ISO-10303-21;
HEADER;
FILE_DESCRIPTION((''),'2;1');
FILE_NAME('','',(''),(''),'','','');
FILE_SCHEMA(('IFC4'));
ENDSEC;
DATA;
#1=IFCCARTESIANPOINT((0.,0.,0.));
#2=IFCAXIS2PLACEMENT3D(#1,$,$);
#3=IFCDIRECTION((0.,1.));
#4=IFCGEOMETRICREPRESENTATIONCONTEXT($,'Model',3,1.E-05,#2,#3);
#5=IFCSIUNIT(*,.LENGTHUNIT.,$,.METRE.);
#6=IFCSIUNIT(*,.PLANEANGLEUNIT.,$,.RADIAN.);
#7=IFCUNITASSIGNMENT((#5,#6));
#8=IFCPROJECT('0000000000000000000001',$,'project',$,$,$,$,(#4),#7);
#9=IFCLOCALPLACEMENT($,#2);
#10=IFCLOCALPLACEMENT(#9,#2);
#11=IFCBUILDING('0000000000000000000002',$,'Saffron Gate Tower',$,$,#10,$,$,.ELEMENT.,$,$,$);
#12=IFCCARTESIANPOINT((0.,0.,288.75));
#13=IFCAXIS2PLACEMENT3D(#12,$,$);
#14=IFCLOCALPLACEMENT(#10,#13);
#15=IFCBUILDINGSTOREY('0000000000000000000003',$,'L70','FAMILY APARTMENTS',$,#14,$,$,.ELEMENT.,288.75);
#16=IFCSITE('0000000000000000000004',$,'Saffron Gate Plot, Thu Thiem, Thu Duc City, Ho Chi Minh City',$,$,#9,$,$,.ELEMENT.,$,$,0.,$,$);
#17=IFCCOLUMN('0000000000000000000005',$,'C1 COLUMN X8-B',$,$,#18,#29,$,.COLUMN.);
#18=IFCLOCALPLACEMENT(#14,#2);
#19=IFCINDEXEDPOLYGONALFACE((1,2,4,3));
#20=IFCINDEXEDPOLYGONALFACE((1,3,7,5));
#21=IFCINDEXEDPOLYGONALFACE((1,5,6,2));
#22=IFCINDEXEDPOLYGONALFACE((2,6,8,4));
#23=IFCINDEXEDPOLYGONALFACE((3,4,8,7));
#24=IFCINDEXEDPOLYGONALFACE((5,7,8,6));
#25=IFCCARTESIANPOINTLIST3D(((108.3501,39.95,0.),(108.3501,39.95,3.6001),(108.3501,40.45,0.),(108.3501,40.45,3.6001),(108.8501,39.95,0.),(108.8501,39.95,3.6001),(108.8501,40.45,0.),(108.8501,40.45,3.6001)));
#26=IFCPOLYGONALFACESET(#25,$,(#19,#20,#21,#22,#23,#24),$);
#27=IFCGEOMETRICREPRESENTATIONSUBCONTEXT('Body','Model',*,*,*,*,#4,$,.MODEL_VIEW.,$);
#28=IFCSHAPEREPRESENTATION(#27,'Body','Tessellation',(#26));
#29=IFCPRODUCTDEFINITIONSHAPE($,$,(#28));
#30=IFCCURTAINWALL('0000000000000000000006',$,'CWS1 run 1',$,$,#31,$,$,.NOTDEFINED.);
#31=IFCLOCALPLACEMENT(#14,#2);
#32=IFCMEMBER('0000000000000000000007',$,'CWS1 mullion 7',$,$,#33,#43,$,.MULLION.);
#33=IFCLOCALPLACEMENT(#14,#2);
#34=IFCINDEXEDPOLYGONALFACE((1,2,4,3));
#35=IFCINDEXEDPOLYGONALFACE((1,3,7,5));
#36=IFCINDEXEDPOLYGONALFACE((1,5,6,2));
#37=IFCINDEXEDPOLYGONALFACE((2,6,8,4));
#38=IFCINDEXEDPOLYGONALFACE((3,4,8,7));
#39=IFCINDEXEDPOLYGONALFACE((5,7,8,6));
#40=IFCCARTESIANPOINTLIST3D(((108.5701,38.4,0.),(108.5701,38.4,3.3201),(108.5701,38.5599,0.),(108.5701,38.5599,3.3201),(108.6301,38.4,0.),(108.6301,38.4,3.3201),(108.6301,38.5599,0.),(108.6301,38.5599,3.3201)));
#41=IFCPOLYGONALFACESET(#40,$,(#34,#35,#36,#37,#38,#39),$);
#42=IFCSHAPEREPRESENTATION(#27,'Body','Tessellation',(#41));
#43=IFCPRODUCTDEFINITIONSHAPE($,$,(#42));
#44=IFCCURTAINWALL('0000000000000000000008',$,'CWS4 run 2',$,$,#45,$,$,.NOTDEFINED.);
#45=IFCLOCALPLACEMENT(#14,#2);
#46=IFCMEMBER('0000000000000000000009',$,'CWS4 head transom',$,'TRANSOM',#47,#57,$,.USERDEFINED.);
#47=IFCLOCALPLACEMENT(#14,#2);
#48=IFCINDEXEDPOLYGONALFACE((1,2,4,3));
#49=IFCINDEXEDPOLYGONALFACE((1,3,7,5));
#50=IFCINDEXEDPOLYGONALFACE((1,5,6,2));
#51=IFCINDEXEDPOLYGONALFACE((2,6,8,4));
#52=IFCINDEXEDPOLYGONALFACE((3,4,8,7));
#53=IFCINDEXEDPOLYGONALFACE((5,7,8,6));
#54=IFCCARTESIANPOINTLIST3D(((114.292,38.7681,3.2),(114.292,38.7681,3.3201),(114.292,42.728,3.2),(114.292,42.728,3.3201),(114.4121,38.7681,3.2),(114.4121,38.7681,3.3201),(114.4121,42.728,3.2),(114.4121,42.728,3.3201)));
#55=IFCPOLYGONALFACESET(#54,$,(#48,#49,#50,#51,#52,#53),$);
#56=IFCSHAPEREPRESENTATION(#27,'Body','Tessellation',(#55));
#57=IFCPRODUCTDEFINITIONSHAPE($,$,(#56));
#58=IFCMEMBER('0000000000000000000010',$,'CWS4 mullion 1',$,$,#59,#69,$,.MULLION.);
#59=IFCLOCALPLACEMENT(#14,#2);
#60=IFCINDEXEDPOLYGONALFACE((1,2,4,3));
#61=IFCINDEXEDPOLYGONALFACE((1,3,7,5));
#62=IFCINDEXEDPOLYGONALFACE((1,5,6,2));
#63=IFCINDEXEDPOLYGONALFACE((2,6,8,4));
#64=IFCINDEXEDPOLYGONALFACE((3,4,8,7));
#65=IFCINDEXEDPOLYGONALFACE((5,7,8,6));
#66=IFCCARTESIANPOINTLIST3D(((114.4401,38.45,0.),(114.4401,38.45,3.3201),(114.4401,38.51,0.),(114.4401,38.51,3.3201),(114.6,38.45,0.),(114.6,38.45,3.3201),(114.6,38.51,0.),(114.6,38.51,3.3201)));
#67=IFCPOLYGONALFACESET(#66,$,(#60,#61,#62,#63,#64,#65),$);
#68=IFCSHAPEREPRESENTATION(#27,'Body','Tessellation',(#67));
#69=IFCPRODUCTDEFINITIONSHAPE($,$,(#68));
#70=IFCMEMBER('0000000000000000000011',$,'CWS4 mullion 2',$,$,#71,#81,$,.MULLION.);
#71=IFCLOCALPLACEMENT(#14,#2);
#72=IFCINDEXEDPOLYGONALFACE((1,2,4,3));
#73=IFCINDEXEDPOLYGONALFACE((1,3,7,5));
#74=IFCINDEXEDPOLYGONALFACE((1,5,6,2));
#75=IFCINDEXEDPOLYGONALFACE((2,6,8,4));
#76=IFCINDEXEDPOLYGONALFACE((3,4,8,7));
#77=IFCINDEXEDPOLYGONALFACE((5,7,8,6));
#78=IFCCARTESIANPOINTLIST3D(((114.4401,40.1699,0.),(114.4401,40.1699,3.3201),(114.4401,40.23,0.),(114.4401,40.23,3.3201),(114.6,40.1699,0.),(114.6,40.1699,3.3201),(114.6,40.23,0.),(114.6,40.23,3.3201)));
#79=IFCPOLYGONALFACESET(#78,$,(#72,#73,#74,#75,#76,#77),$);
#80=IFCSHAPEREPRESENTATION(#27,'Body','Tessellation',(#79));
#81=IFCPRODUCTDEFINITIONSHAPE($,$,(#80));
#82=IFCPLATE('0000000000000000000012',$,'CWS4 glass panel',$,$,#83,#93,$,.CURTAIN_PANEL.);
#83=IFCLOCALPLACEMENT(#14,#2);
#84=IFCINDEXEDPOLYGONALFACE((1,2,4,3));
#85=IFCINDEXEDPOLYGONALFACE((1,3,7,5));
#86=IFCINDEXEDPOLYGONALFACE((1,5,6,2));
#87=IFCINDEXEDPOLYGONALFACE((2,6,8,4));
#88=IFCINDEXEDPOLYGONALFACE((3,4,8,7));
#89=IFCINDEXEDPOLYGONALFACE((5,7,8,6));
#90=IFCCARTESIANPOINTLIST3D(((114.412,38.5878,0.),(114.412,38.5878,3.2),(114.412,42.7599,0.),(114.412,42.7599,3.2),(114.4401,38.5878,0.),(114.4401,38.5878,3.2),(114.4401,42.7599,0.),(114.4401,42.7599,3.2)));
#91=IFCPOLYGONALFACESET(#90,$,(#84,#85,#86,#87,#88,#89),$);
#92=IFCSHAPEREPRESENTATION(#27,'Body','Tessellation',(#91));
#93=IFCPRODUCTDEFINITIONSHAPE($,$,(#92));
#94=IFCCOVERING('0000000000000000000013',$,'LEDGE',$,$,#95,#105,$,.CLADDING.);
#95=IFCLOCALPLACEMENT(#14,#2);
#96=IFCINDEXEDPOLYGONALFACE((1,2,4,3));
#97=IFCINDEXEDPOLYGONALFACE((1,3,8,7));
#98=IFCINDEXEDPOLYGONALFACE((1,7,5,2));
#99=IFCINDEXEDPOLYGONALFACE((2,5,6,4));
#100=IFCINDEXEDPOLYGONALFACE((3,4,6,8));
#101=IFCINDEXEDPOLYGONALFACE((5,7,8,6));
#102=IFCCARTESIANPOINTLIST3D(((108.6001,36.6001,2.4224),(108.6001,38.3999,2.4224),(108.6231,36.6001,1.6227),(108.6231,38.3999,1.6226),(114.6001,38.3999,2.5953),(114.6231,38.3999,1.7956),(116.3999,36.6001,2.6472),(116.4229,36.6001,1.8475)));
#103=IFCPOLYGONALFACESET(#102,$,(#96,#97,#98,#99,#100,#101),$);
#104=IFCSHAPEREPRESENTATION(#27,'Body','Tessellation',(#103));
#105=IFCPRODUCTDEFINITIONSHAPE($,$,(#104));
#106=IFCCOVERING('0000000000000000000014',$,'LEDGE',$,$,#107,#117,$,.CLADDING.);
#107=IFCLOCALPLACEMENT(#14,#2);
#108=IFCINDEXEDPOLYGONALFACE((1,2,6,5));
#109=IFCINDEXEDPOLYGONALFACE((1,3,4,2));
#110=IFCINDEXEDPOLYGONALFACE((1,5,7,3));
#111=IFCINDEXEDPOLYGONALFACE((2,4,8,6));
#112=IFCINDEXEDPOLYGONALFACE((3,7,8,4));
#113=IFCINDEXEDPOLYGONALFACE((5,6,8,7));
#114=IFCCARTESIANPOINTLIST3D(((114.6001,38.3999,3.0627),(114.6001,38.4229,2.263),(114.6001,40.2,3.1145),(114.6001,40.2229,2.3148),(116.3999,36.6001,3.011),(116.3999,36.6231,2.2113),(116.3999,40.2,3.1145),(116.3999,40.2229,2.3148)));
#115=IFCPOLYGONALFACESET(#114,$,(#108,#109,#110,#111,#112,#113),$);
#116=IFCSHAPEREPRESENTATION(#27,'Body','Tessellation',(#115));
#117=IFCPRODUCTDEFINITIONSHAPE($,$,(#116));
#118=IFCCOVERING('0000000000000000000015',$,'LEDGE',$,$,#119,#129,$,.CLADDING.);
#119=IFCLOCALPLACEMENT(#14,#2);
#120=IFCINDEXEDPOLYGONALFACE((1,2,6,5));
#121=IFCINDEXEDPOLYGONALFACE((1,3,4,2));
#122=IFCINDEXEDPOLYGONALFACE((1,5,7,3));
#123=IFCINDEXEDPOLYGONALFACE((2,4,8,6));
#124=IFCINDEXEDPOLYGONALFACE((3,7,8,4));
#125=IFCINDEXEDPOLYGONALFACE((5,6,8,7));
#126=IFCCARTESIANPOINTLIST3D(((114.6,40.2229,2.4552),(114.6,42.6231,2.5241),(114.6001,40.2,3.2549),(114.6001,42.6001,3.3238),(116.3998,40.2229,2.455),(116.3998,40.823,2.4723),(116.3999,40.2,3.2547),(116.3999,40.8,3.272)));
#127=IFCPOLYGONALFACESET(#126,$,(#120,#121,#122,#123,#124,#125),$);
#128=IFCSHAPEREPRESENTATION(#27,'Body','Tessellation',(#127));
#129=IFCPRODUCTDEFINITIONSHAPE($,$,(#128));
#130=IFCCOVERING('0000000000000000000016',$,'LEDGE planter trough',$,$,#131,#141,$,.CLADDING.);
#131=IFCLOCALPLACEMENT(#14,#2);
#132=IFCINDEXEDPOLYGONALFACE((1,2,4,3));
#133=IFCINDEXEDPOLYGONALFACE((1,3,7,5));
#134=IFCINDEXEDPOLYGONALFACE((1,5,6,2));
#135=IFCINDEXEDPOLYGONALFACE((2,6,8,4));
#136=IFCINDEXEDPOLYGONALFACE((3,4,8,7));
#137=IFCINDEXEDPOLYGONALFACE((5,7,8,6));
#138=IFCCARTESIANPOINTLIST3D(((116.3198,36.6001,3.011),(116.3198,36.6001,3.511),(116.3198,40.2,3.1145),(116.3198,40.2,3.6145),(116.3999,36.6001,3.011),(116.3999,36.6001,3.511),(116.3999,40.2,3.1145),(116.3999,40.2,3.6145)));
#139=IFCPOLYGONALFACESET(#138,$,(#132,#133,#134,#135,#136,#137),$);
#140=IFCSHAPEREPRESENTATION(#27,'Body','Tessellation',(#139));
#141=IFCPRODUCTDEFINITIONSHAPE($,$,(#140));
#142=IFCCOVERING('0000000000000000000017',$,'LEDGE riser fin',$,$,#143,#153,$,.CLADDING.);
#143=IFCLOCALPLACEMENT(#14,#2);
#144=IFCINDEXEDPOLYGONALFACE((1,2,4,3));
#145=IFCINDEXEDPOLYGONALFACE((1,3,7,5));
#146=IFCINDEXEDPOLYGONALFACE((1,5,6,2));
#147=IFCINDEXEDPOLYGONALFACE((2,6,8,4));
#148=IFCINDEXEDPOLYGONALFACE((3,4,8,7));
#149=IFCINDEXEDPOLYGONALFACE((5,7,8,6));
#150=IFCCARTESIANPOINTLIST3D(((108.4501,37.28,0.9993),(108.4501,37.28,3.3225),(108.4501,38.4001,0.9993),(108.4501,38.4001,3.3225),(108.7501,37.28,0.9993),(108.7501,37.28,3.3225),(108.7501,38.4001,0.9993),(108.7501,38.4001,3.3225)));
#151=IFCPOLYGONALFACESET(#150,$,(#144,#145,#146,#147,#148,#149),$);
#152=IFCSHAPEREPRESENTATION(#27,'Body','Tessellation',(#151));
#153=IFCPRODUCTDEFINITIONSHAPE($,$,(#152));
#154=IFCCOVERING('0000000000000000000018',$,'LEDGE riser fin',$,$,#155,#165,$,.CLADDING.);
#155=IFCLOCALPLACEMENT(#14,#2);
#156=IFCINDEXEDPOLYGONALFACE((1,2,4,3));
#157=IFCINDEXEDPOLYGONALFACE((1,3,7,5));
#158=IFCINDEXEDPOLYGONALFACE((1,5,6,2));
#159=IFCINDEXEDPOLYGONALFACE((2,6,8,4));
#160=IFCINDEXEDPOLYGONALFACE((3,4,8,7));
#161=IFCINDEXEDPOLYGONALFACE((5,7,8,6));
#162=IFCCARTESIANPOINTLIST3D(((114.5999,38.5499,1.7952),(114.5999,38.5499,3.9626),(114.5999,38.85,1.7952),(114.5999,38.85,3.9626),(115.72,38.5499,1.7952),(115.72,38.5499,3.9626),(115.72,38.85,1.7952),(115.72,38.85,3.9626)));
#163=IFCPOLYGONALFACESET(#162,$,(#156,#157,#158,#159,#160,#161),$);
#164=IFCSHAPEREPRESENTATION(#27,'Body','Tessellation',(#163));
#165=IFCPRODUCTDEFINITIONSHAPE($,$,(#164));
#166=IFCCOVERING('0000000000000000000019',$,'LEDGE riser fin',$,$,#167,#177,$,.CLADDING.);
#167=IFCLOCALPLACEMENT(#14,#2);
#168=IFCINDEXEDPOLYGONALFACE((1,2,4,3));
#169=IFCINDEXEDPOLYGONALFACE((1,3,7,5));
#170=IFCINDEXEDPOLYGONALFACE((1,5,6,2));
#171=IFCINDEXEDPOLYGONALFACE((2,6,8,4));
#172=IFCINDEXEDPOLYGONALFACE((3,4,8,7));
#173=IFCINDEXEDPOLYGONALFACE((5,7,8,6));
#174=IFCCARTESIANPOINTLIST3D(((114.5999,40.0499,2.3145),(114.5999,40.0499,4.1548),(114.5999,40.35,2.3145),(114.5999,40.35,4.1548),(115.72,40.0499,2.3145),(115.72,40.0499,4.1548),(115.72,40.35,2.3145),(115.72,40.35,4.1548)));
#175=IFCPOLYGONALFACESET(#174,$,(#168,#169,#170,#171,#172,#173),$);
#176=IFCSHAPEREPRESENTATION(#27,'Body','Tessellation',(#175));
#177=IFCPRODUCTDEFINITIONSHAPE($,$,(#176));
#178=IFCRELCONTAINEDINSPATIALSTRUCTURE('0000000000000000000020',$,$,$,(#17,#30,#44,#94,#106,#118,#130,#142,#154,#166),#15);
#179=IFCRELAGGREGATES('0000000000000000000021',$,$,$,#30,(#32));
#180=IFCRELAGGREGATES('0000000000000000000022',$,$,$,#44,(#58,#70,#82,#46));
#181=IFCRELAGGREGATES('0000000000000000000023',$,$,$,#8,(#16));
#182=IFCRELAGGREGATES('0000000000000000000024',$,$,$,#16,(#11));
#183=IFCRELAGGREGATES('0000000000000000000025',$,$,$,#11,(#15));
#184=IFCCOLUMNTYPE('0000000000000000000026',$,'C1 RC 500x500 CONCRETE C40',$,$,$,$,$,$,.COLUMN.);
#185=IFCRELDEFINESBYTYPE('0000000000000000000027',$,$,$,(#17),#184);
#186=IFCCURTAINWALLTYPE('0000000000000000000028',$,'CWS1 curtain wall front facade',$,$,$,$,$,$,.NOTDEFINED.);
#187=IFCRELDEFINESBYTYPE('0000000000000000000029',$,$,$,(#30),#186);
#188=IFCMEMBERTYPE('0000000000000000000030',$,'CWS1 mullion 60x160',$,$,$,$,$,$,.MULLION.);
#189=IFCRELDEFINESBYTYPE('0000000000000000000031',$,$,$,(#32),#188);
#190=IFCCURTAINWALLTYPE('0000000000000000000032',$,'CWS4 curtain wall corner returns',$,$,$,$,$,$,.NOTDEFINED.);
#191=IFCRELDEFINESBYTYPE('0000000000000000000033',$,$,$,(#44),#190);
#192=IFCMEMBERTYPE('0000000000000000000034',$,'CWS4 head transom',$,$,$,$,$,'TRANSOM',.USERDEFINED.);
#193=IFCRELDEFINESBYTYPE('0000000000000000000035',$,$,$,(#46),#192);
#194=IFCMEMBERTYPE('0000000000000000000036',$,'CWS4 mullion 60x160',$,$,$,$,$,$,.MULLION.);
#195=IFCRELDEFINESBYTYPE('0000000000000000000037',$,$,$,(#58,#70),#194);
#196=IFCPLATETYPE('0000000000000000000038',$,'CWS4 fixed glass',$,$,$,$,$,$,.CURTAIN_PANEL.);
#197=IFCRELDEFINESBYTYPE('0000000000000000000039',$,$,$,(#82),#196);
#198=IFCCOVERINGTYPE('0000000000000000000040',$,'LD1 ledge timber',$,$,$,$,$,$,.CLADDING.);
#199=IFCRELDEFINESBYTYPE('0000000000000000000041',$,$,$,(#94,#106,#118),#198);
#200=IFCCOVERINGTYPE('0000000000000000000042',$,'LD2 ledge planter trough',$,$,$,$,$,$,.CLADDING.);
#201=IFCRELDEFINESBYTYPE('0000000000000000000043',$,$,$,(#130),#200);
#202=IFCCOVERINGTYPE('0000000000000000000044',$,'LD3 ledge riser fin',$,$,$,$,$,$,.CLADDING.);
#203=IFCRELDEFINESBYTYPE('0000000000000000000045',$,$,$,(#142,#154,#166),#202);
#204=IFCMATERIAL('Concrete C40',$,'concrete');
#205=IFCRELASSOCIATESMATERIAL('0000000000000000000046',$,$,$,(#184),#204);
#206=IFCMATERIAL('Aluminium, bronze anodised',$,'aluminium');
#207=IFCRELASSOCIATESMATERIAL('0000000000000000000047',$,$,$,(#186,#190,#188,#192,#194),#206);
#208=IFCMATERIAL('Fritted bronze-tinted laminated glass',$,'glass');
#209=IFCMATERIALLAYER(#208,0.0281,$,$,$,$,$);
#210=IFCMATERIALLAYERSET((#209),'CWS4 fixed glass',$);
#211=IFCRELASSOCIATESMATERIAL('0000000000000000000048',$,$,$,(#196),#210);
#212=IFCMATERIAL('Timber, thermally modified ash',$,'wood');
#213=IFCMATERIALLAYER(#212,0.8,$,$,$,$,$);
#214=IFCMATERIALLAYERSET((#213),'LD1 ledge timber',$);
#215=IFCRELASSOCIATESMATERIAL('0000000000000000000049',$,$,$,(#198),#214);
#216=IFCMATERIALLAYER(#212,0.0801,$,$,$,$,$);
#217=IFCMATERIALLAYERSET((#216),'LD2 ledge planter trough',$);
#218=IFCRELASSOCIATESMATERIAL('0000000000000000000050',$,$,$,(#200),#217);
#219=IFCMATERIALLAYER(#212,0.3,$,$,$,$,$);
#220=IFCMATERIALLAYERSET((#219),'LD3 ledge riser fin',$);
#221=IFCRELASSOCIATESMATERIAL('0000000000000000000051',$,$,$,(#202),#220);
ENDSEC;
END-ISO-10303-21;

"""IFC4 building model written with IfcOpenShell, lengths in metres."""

from ifc_helpers import new_model, si_unit, direction, frame, frame_2d, origin, origin_2d, place, context, subcontext, project, spatial, polyline, rectangle, outline, extrude, material, layer, layer_set, material_profile, profile_set, type_object, element, aggregate, save


model = new_model("IFC4")

# Units and contexts
model_context = context("Model", 3, precision=1e-05, world=origin(), true_north=direction((0.0, 1.0)))
body_context = subcontext(model_context, "Body", "Model", "MODEL_VIEW")
ifc_project = project(units=[si_unit("LENGTHUNIT", "METRE"), si_unit("PLANEANGLEUNIT", "RADIAN")], contexts=[model_context])

# Site, building, storey
site_placement = place(None, origin())
site = spatial("IfcSite", under=ifc_project, at=site_placement, Name="Saffron Gate Plot, Thu Thiem, Thu Duc City, Ho Chi Minh City", CompositionType="ELEMENT", RefElevation=0.0)
building_placement = place(site_placement, origin())
building = spatial("IfcBuilding", under=site, at=building_placement, Name="Saffron Gate Tower", CompositionType="ELEMENT")
storey_placement = place(building_placement, frame((0.0, 0.0, 288.75)))
storey = spatial("IfcBuildingStorey", under=building, at=storey_placement, Name="L70", Description="FAMILY APARTMENTS", CompositionType="ELEMENT", Elevation=288.75)

# Column
ifc_material_1 = material(Name="Concrete C40", Category="concrete")
ifc_material_profile_1 = material_profile(ifc_material_1, rectangle(XDim=0.5, YDim=0.5, at=origin_2d()))
ifc_profile_set_1 = profile_set([ifc_material_profile_1], Name="Concrete C40")
column_type = type_object("IfcColumnType", Name="C1 RC 500x500 CONCRETE C40", PredefinedType="COLUMN", material=ifc_profile_set_1)
column_placement = place(storey_placement, frame((108.6001, 40.2, 0.0), z_axis=(0.0, 0.0, 1.0), x_axis=(1.0, 0.0, 0.0)))
element("IfcColumn", 1, at=column_placement, inside=storey, type_object=column_type, Name="C1 COLUMN X8-B", PredefinedType="COLUMN", context=body_context, shape_type="SweptSolid", body=[
    extrude(rectangle(XDim=0.5, YDim=0.5, at=origin_2d()), origin(), (0.0, 0.0, 1.0), 3.6001),
])

# Curtain wall, member
ifc_material_2 = material(Name="Aluminium, bronze anodised", Category="aluminium")
curtain_wall_type_1 = type_object("IfcCurtainWallType", Name="CWS1 curtain wall front facade", PredefinedType="NOTDEFINED", material=ifc_material_2)
curtain_wall_1_placement = place(storey_placement, origin())
curtain_wall_1 = element("IfcCurtainWall", 2, at=curtain_wall_1_placement, inside=storey, type_object=curtain_wall_type_1, Name="CWS1 run 1", PredefinedType="NOTDEFINED")
ifc_material_profile_2 = material_profile(ifc_material_2, rectangle(XDim=0.1599, YDim=0.0601, at=origin_2d()))
ifc_profile_set_2 = profile_set([ifc_material_profile_2], Name="Aluminium, bronze anodised")
member_type_1 = type_object("IfcMemberType", Name="CWS1 mullion 60x160", PredefinedType="MULLION", material=ifc_profile_set_2)
member_1_placement = place(storey_placement, frame((108.6001, 38.48, 0.0), z_axis=(0.0, 0.0, 1.0), x_axis=(0.0, 1.0, 0.0)))
member_1 = element("IfcMember", 3, at=member_1_placement, type_object=member_type_1, Name="CWS1 mullion 7", PredefinedType="MULLION", context=body_context, shape_type="SweptSolid", body=[
    extrude(rectangle(XDim=0.1599, YDim=0.0601, at=origin_2d()), origin(), (0.0, 0.0, 1.0), 3.3201),
])
aggregate(curtain_wall_1, [member_1])

# Curtain wall, members, plate
curtain_wall_type_2 = type_object("IfcCurtainWallType", Name="CWS4 curtain wall corner returns", PredefinedType="NOTDEFINED", material=ifc_material_2)
curtain_wall_2_placement = place(storey_placement, origin())
curtain_wall_2 = element("IfcCurtainWall", 4, at=curtain_wall_2_placement, inside=storey, type_object=curtain_wall_type_2, Name="CWS4 run 2", PredefinedType="NOTDEFINED")
ifc_material_profile_3 = material_profile(ifc_material_2, rectangle(XDim=0.1201, YDim=0.1201, at=origin_2d()))
ifc_profile_set_3 = profile_set([ifc_material_profile_3], Name="Aluminium, bronze anodised")
member_type_2 = type_object("IfcMemberType", Name="CWS4 head transom", ElementType="TRANSOM", PredefinedType="USERDEFINED", material=ifc_profile_set_3)
member_2_placement = place(storey_placement, frame((114.3521, 38.7681, 3.26), z_axis=(0.0, 1.0, 0.0), x_axis=(-1.0, 0.0, 0.0)))
member_2 = element("IfcMember", 5, at=member_2_placement, type_object=member_type_2, Name="CWS4 head transom", ObjectType="TRANSOM", PredefinedType="USERDEFINED", context=body_context, shape_type="SweptSolid", body=[
    extrude(rectangle(XDim=0.1201, YDim=0.1201, at=origin_2d()), origin(), (0.0, 0.0, 1.0), 3.96),
])
ifc_material_profile_4 = material_profile(ifc_material_2, rectangle(XDim=0.1599, YDim=0.0601, at=origin_2d()))
ifc_profile_set_4 = profile_set([ifc_material_profile_4], Name="Aluminium, bronze anodised")
member_type_3 = type_object("IfcMemberType", Name="CWS4 mullion 60x160", PredefinedType="MULLION", material=ifc_profile_set_4)
member_3_placement = place(storey_placement, frame((114.52, 38.48, 0.0), z_axis=(0.0, 0.0, 1.0), x_axis=(-1.0, 0.0, 0.0)))
member_3 = element("IfcMember", 6, at=member_3_placement, type_object=member_type_3, Name="CWS4 mullion 1", PredefinedType="MULLION", context=body_context, shape_type="SweptSolid", body=[
    extrude(rectangle(XDim=0.1599, YDim=0.0601, at=origin_2d()), origin(), (0.0, 0.0, 1.0), 3.3201),
])
member_4_placement = place(storey_placement, frame((114.52, 40.2, 0.0), z_axis=(0.0, 0.0, 1.0), x_axis=(-1.0, 0.0, 0.0)))
member_4 = element("IfcMember", 7, at=member_4_placement, type_object=member_type_3, Name="CWS4 mullion 2", PredefinedType="MULLION", context=body_context, shape_type="SweptSolid", body=[
    extrude(rectangle(XDim=0.1599, YDim=0.0601, at=origin_2d()), origin(), (0.0, 0.0, 1.0), 3.3201),
])
ifc_material_3 = material(Name="Fritted bronze-tinted laminated glass", Category="glass")
ifc_layer_1 = layer(ifc_material_3, 0.0281)
ifc_layer_set_1 = layer_set([ifc_layer_1], Name="CWS4 fixed glass")
plate_type = type_object("IfcPlateType", Name="CWS4 fixed glass", PredefinedType="CURTAIN_PANEL", material=ifc_layer_set_1)
plate_placement = place(storey_placement, frame((114.426, 38.5879, 0.0), z_axis=(0.0, 0.0, 1.0), x_axis=(0.0, 1.0, 0.0)))
plate = element("IfcPlate", 8, at=plate_placement, type_object=plate_type, Name="CWS4 glass panel", PredefinedType="CURTAIN_PANEL", context=body_context, shape_type="SweptSolid", body=[
    extrude(rectangle(XDim=4.1721, YDim=0.0281, at=frame_2d((2.0859, 0.0))), origin(), (0.0, 0.0, 1.0), 3.2),
])
aggregate(curtain_wall_2, [member_3, member_4, plate, member_2])

# Coverings
ifc_material_4 = material(Name="Timber, thermally modified ash", Category="wood")
ifc_layer_2 = layer(ifc_material_4, 0.8)
ifc_layer_set_2 = layer_set([ifc_layer_2], Name="LD1 ledge timber")
covering_type_1 = type_object("IfcCoveringType", Name="LD1 ledge timber", PredefinedType="CLADDING", material=ifc_layer_set_2)
covering_1_placement = place(storey_placement, frame((108.6001, 38.3999, 2.4224), z_axis=(-0.028808, 0.000037, 0.999585), x_axis=(0.999585, 0.0, 0.028808)))
element("IfcCovering", 9, at=covering_1_placement, inside=storey, type_object=covering_type_1, Name="LEDGE", PredefinedType="CLADDING", context=body_context, shape_type="SweptSolid", body=[
    extrude(outline(polyline([(0.0, 0.0), (6.0025, 0.0), (7.803, -1.7998), (0.0, -1.7998), (0.0, 0.0)])), origin(), (0.0, 0.0, -1.0), 0.8),
])
covering_2_placement = place(storey_placement, frame((114.6001, 38.3999, 3.0627), z_axis=(0.000001, -0.028743, 0.999587), x_axis=(0.0, 0.999587, 0.028743)))
element("IfcCovering", 10, at=covering_2_placement, inside=storey, type_object=covering_type_1, Name="LEDGE", PredefinedType="CLADDING", context=body_context, shape_type="SweptSolid", body=[
    extrude(outline(polyline([(0.0, 0.0), (1.8008, 0.0), (1.8008, -1.7998), (-1.8005, -1.7998), (0.0, 0.0)])), origin(), (0.0, 0.0, -1.0), 0.8),
])
covering_3_placement = place(storey_placement, frame((114.6001, 40.2, 3.2549), z_axis=(0.000082, -0.028713, 0.999588), x_axis=(0.0, 0.999588, 0.028713)))
element("IfcCovering", 11, at=covering_3_placement, inside=storey, type_object=covering_type_1, Name="LEDGE", PredefinedType="CLADDING", context=body_context, shape_type="SweptSolid", body=[
    extrude(outline(polyline([(0.0, 0.0), (2.4011, 0.0), (0.6003, -1.7998), (0.0, -1.7998), (0.0, 0.0)])), origin(), (0.0, 0.0, -1.0), 0.8),
])
ifc_layer_3 = layer(ifc_material_4, 0.0801)
ifc_layer_set_3 = layer_set([ifc_layer_3], Name="LD2 ledge planter trough")
covering_type_2 = type_object("IfcCoveringType", Name="LD2 ledge planter trough", PredefinedType="CLADDING", material=ifc_layer_set_3)
covering_4_placement = place(storey_placement, frame((116.3999, 36.6001, 3.011), z_axis=(1.0, 0.0, 0.0), x_axis=(0.0, 0.999587, 0.028744)))
element("IfcCovering", 12, at=covering_4_placement, inside=storey, type_object=covering_type_2, Name="LEDGE planter trough", PredefinedType="CLADDING", context=body_context, shape_type="SweptSolid", body=[
    extrude(outline(polyline([(0.0, 0.0), (3.6013, 0.0), (3.6157, 0.4998), (0.0144, 0.4998), (0.0, 0.0)])), origin(), (0.0, 0.0, -1.0), 0.0801),
])
ifc_layer_4 = layer(ifc_material_4, 0.3)
ifc_layer_set_4 = layer_set([ifc_layer_4], Name="LD3 ledge riser fin")
covering_type_3 = type_object("IfcCoveringType", Name="LD3 ledge riser fin", PredefinedType="CLADDING", material=ifc_layer_set_4)
covering_5_placement = place(storey_placement, frame((108.6001, 37.8401, 0.9993), z_axis=(0.0, 0.0, 1.0), x_axis=(1.0, 0.0, 0.0)))
element("IfcCovering", 13, at=covering_5_placement, inside=storey, type_object=covering_type_3, Name="LEDGE riser fin", PredefinedType="CLADDING", context=body_context, shape_type="SweptSolid", body=[
    extrude(rectangle(XDim=0.3, YDim=1.1201, at=origin_2d()), origin(), (0.0, 0.0, 1.0), 2.3232),
])
covering_6_placement = place(storey_placement, frame((115.1599, 38.7, 1.7952), z_axis=(0.0, 0.0, 1.0), x_axis=(0.0, 1.0, 0.0)))
element("IfcCovering", 14, at=covering_6_placement, inside=storey, type_object=covering_type_3, Name="LEDGE riser fin", PredefinedType="CLADDING", context=body_context, shape_type="SweptSolid", body=[
    extrude(rectangle(XDim=0.3, YDim=1.1201, at=origin_2d()), origin(), (0.0, 0.0, 1.0), 2.1675),
])
covering_7_placement = place(storey_placement, frame((115.1599, 40.2, 2.3145), z_axis=(0.0, 0.0, 1.0), x_axis=(0.0, 1.0, 0.0)))
element("IfcCovering", 15, at=covering_7_placement, inside=storey, type_object=covering_type_3, Name="LEDGE riser fin", PredefinedType="CLADDING", context=body_context, shape_type="SweptSolid", body=[
    extrude(rectangle(XDim=0.3, YDim=1.1201, at=origin_2d()), origin(), (0.0, 0.0, 1.0), 1.8403),
])

save(model, "model.ifc")
